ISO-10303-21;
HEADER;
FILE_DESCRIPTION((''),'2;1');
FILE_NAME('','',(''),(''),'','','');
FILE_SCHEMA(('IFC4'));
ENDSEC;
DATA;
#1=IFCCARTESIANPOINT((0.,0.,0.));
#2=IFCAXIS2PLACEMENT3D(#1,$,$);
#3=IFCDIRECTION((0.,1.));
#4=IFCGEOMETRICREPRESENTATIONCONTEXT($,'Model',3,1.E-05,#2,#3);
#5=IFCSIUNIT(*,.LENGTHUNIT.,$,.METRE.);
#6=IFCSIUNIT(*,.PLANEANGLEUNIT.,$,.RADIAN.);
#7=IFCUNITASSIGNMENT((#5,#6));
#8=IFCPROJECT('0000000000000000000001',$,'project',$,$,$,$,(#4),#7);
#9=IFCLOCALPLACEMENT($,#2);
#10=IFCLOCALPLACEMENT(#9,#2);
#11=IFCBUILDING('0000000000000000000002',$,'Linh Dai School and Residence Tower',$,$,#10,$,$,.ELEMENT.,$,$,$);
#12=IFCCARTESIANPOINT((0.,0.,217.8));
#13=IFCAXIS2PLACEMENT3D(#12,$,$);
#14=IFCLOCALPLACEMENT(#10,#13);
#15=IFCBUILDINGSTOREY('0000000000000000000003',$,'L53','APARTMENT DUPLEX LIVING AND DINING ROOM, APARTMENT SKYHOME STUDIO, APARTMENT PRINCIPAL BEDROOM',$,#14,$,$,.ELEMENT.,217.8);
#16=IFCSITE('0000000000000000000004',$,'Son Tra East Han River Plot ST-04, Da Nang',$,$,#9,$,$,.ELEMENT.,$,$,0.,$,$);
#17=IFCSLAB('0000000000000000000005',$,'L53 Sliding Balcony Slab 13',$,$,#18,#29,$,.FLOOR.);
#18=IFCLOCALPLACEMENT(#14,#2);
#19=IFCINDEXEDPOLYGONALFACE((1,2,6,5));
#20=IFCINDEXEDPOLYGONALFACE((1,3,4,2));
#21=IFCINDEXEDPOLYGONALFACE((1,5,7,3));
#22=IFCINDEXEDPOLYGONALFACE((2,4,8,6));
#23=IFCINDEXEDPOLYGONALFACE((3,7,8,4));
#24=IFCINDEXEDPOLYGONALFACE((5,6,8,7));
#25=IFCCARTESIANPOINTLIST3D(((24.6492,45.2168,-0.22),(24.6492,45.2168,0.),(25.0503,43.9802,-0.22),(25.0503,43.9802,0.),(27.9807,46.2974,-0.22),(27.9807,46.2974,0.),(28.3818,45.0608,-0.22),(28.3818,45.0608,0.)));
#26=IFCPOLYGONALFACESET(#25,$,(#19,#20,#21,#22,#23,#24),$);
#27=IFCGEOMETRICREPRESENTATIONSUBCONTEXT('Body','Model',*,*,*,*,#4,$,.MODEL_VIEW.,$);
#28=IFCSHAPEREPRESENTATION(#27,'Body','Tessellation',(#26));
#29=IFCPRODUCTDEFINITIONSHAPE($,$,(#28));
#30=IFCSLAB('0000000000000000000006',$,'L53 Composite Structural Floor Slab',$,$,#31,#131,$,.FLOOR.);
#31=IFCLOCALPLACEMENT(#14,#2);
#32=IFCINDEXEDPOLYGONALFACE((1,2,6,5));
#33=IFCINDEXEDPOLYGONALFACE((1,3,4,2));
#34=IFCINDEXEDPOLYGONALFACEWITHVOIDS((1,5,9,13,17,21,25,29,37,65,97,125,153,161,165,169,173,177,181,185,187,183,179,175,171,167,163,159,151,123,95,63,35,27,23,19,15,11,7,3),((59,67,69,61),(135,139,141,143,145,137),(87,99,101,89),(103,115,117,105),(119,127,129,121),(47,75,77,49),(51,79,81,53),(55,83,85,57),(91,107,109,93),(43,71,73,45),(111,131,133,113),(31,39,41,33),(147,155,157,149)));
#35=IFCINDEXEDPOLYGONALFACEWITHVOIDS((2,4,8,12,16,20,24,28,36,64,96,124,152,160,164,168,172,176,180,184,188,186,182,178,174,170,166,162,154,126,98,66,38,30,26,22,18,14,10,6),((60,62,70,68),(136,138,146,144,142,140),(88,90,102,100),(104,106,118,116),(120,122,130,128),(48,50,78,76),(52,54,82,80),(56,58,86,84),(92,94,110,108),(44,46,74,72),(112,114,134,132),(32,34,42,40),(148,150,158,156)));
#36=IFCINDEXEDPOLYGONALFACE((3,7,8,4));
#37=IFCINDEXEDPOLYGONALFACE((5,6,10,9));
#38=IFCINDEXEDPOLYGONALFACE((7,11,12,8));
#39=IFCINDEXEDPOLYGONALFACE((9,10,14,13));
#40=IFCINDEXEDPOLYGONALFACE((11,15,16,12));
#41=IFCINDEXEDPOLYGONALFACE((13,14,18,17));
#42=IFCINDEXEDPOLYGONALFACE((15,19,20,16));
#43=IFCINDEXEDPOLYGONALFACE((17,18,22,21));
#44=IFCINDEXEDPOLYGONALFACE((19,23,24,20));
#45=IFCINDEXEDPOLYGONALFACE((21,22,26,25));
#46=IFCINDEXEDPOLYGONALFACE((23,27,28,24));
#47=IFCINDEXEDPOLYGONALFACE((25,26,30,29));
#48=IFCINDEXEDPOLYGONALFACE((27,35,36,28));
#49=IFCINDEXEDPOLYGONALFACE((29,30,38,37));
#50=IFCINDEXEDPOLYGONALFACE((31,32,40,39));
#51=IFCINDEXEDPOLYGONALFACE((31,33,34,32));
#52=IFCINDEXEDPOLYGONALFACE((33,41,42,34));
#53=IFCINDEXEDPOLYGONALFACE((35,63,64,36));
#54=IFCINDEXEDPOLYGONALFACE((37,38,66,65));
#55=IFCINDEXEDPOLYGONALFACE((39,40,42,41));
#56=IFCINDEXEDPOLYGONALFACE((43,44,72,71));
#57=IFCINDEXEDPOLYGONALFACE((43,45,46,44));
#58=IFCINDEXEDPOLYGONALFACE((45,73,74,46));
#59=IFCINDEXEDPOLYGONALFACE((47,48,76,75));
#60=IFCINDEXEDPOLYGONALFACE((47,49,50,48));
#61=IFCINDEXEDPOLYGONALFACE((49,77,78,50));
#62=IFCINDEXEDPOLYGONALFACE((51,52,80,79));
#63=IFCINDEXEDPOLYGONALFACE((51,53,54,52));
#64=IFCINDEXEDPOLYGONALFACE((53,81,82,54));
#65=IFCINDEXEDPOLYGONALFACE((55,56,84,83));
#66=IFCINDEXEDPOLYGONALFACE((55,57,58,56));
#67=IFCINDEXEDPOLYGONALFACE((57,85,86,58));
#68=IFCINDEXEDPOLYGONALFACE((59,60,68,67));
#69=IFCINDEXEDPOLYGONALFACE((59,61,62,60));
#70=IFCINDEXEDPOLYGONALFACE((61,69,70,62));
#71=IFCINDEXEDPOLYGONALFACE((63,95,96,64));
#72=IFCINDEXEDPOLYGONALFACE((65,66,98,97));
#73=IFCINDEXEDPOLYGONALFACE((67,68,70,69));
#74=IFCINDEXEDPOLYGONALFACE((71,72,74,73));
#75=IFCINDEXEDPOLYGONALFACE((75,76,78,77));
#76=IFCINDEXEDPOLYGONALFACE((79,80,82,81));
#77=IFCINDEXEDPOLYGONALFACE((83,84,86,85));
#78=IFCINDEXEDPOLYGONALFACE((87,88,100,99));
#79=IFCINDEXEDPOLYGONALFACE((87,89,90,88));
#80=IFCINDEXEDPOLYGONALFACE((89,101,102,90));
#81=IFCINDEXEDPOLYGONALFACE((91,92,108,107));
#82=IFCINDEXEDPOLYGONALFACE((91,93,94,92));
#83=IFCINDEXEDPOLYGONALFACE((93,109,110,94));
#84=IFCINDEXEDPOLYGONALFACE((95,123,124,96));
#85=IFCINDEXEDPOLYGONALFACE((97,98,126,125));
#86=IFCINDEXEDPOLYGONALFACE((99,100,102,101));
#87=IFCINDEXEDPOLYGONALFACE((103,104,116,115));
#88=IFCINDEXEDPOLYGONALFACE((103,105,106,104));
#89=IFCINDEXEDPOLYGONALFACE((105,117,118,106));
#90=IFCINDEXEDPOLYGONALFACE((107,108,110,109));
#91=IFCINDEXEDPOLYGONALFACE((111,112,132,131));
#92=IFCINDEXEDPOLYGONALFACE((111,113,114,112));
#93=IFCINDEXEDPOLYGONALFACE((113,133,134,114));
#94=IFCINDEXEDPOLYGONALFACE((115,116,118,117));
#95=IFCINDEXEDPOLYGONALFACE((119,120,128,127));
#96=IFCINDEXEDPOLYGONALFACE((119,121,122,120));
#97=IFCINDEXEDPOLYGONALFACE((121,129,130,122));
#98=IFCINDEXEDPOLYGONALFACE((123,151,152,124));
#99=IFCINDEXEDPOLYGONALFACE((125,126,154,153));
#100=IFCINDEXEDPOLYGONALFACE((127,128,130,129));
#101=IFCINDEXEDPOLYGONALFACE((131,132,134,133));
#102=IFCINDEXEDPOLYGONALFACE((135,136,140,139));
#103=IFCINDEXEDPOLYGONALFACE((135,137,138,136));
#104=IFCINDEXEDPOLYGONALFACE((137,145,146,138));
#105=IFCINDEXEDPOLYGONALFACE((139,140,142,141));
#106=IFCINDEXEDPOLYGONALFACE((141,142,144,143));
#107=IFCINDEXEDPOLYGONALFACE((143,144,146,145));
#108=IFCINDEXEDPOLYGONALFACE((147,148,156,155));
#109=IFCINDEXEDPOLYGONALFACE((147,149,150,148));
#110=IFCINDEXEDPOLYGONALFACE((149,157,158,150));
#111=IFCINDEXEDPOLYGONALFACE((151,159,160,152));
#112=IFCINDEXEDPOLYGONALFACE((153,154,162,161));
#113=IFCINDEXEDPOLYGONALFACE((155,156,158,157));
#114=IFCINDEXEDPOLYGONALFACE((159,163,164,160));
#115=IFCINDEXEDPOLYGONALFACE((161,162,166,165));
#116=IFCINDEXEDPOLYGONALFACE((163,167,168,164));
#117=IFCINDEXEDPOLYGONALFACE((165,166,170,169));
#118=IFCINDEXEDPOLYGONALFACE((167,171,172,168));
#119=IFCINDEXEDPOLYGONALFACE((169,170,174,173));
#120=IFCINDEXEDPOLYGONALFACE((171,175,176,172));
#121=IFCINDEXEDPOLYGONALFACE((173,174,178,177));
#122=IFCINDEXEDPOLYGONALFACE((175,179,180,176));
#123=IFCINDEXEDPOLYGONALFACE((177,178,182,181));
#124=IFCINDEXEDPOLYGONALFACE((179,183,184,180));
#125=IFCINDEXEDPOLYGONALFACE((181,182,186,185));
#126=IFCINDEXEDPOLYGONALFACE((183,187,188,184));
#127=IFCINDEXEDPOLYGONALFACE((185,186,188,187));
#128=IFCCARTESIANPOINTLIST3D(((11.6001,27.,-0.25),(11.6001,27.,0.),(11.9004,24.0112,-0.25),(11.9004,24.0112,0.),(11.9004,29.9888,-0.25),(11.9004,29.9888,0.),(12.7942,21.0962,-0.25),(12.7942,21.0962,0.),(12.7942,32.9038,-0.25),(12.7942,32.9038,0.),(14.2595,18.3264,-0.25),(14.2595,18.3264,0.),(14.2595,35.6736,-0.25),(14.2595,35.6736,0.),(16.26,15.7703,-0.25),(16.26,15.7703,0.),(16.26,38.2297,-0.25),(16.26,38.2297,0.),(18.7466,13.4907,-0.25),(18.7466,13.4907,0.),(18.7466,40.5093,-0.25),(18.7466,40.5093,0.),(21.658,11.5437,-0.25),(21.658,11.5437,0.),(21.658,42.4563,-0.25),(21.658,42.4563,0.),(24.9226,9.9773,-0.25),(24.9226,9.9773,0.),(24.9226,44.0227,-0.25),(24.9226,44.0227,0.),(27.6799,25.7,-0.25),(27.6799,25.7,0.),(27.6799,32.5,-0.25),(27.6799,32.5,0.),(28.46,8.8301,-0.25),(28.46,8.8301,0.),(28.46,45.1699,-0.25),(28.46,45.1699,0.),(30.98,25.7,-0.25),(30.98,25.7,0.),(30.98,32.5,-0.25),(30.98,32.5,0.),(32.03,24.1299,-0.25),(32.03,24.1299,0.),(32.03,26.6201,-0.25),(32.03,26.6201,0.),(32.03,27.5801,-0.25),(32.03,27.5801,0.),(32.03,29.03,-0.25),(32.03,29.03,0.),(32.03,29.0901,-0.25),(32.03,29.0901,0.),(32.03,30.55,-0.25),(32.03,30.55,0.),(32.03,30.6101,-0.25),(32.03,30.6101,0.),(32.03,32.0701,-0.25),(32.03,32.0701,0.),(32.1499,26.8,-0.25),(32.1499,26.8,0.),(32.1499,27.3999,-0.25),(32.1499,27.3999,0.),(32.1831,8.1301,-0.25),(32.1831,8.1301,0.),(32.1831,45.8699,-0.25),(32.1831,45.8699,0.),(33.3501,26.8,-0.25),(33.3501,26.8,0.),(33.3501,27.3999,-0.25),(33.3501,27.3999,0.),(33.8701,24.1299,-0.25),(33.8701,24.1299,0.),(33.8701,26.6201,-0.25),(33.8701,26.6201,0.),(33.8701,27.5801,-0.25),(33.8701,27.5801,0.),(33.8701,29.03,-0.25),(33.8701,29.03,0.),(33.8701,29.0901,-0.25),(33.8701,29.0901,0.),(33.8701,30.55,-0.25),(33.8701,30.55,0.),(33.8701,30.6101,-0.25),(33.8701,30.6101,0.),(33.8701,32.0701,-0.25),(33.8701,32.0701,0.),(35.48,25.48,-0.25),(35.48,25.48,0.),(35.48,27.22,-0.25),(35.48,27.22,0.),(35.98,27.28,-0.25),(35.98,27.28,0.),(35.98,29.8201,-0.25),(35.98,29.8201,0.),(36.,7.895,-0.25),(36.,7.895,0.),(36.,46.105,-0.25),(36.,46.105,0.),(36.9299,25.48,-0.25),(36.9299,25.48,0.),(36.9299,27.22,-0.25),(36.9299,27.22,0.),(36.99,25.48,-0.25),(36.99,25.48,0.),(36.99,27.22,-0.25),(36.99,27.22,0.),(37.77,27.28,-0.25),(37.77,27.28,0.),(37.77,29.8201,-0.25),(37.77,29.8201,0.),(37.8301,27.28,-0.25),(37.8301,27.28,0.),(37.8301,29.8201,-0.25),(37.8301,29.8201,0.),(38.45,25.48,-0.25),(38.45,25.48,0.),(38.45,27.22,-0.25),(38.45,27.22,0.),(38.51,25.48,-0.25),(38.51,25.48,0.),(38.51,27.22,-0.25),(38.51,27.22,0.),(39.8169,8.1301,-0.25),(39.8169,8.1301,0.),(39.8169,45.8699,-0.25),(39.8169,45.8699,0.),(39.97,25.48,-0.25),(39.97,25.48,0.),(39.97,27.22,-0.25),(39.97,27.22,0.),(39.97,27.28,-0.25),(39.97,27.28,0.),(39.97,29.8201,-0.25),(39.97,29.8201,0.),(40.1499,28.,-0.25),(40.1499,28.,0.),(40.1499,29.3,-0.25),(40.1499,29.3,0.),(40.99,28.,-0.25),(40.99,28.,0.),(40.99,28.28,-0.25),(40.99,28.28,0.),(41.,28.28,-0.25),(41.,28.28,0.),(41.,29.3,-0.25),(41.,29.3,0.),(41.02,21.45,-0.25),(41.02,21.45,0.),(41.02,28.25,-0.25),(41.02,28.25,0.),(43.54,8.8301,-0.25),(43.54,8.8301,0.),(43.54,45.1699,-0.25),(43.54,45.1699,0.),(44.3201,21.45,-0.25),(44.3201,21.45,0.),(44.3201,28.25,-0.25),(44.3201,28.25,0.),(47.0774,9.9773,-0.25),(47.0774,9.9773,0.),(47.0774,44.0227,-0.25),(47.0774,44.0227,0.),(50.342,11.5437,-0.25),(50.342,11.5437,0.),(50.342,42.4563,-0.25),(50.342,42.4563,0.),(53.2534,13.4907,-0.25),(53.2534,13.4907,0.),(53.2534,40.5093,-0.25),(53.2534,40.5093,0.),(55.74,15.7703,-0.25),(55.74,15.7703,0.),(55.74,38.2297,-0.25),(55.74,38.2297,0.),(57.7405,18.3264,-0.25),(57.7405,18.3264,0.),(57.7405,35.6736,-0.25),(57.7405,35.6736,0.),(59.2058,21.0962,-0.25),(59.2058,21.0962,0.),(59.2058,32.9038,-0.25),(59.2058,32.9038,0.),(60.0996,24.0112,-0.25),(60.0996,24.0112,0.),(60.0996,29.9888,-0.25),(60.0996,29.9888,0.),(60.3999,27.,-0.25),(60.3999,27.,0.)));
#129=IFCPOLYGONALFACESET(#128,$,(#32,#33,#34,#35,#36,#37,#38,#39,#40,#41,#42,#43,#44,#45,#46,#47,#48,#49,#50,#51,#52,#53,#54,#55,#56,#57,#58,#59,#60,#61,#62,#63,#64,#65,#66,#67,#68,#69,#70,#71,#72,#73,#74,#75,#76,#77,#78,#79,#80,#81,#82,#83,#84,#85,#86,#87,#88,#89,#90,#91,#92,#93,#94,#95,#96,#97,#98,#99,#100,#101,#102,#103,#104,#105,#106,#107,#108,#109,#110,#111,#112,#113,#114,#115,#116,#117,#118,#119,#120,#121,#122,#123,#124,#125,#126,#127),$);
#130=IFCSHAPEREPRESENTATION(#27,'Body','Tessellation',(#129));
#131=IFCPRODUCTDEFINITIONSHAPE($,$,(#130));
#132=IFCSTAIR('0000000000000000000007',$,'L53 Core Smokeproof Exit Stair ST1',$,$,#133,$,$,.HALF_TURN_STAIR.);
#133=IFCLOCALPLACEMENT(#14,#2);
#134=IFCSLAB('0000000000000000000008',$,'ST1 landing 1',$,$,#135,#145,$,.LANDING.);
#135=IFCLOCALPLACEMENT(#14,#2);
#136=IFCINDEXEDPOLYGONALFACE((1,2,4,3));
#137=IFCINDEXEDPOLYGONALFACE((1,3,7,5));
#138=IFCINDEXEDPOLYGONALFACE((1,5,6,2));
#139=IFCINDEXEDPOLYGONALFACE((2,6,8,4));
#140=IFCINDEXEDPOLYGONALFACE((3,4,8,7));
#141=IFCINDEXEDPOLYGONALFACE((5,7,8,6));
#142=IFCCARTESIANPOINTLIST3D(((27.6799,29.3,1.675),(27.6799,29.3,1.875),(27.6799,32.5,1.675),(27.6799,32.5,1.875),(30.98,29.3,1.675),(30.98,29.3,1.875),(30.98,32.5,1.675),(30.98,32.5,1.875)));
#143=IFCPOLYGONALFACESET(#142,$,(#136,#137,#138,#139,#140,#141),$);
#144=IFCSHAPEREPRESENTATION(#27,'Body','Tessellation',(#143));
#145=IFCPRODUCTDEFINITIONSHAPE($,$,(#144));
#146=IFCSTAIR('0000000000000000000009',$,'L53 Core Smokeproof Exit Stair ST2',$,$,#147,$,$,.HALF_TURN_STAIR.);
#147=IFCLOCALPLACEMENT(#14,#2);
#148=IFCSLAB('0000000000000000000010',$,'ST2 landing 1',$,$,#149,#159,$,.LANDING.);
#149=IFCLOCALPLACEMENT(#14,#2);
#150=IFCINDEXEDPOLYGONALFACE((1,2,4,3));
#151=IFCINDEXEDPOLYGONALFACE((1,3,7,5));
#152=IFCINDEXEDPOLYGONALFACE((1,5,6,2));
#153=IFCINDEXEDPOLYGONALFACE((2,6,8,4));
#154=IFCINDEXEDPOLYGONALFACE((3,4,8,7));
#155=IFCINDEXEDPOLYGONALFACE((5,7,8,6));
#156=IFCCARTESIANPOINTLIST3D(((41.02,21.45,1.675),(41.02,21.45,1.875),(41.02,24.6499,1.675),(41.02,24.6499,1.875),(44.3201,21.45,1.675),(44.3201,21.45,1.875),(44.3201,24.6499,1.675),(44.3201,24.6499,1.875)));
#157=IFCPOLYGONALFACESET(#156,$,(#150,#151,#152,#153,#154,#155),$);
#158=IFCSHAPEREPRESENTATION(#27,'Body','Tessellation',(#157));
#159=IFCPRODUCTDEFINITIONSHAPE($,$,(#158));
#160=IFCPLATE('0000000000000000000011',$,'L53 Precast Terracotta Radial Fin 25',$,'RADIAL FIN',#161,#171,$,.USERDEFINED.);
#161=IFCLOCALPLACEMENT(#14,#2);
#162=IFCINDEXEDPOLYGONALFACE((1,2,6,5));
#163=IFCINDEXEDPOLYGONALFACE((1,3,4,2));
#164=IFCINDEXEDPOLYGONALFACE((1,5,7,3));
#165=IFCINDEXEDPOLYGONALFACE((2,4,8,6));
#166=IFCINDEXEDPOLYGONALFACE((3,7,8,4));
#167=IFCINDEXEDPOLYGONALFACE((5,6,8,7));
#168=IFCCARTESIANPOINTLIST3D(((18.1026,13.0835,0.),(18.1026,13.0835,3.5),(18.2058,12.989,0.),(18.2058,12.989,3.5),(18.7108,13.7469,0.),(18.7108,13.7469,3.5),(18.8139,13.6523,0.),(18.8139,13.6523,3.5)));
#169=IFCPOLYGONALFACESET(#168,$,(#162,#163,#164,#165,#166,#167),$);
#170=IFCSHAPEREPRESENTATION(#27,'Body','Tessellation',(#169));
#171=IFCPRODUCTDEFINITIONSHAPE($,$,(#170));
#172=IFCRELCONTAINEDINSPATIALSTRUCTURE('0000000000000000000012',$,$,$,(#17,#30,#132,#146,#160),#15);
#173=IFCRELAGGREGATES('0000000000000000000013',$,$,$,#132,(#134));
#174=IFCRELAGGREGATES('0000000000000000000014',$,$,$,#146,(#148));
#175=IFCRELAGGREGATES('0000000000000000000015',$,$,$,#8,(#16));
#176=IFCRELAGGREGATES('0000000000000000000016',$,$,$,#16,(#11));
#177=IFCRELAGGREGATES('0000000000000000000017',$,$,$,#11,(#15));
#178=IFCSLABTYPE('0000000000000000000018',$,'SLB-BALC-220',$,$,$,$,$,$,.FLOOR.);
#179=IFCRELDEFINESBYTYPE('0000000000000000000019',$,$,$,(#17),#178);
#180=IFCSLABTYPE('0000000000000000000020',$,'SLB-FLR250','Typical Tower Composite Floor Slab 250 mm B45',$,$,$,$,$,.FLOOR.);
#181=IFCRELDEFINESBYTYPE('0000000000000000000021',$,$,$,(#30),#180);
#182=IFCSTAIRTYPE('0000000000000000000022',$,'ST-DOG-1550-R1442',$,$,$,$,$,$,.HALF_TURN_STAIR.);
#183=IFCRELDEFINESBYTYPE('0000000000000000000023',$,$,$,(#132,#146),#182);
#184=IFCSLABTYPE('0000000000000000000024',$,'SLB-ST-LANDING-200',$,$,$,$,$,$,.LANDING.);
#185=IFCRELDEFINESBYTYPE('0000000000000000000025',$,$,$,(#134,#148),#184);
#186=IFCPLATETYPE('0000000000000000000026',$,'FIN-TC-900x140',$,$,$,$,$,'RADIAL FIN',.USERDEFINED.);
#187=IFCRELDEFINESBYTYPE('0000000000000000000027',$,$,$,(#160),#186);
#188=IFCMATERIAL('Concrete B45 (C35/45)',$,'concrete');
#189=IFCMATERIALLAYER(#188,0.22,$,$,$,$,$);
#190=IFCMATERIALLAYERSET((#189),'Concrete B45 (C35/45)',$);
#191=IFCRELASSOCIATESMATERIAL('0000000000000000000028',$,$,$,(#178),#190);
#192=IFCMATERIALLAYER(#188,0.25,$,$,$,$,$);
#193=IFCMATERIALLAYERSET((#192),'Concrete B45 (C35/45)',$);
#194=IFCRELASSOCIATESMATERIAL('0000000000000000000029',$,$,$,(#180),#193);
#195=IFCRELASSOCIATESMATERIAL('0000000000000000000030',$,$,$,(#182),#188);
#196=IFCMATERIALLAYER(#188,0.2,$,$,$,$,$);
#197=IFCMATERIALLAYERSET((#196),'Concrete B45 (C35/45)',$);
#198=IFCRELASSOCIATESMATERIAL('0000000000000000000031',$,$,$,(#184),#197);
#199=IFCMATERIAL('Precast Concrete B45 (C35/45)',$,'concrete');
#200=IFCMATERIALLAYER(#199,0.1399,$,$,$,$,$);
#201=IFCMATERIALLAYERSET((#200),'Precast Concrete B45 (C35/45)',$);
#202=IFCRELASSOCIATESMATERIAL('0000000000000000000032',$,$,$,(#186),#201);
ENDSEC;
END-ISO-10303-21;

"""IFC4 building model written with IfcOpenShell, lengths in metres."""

from ifc_helpers import new_model, si_unit, direction, frame, origin, origin_2d, place, context, subcontext, project, spatial, polyline, rectangle, outline, extrude, source, transform, mapped, material, layer, layer_set, type_object, element, aggregate, save


model = new_model("IFC4")

# Units and contexts
model_context = context("Model", 3, precision=1e-05, world=origin(), true_north=direction((0.0, 1.0)))
body_context = subcontext(model_context, "Body", "Model", "MODEL_VIEW")
ifc_project = project(units=[si_unit("LENGTHUNIT", "METRE"), si_unit("PLANEANGLEUNIT", "RADIAN")], contexts=[model_context])

# Site, building, storey
site_placement = place(None, origin())
site = spatial("IfcSite", under=ifc_project, at=site_placement, Name="Son Tra East Han River Plot ST-04, Da Nang", CompositionType="ELEMENT", RefElevation=0.0)
building_placement = place(site_placement, origin())
building = spatial("IfcBuilding", under=site, at=building_placement, Name="Linh Dai School and Residence Tower", CompositionType="ELEMENT")
storey_placement = place(building_placement, frame((0.0, 0.0, 217.8)))
storey = spatial("IfcBuildingStorey", under=building, at=storey_placement, Name="L53", Description="APARTMENT DUPLEX LIVING AND DINING ROOM, APARTMENT SKYHOME STUDIO, APARTMENT PRINCIPAL BEDROOM", CompositionType="ELEMENT", Elevation=217.8)

# Slabs
ifc_material_1 = material(Name="Concrete B45 (C35/45)", Category="concrete")
ifc_layer_1 = layer(ifc_material_1, 0.22)
ifc_layer_set_1 = layer_set([ifc_layer_1], Name="Concrete B45 (C35/45)")
slab_type_1 = type_object("IfcSlabType", Name="SLB-BALC-220", PredefinedType="FLOOR", material=ifc_layer_set_1)
slab_1_placement = place(storey_placement, frame((0.0, 0.0, -0.22)))
element("IfcSlab", 1, at=slab_1_placement, inside=storey, type_object=slab_type_1, Name="L53 Sliding Balcony Slab 13", PredefinedType="FLOOR", context=body_context, shape_type="SweptSolid", body=[
    extrude(outline(polyline([(25.0503, 43.9802), (28.3818, 45.0608), (27.9807, 46.2974), (24.6492, 45.2168), (25.0503, 43.9802)])), origin(), (0.0, 0.0, 1.0), 0.22),
])
ifc_layer_2 = layer(ifc_material_1, 0.25)
ifc_layer_set_2 = layer_set([ifc_layer_2], Name="Concrete B45 (C35/45)")
slab_type_2 = type_object("IfcSlabType", Name="SLB-FLR250", Description="Typical Tower Composite Floor Slab 250 mm B45", PredefinedType="FLOOR", material=ifc_layer_set_2)
slab_2_placement = place(storey_placement, frame((0.0, 0.0, -0.25)))
element("IfcSlab", 2, at=slab_2_placement, inside=storey, type_object=slab_type_2, Name="L53 Composite Structural Floor Slab", PredefinedType="FLOOR", context=body_context, shape_type="SweptSolid", body=[
    extrude(outline(polyline([(60.3999, 27.0), (60.0996, 29.9888), (59.2058, 32.9038), (57.7405, 35.6736), (55.74, 38.2297), (53.2534, 40.5093), (50.342, 42.4563), (47.0774, 44.0227), (43.54, 45.1699), (39.8169, 45.8699), (36.0, 46.105), (32.1831, 45.8699), (28.46, 45.1699), (24.9226, 44.0227), (21.658, 42.4563), (18.7466, 40.5093), (16.26, 38.2297), (14.2595, 35.6736), (12.7942, 32.9038), (11.9004, 29.9888), (11.6001, 27.0), (11.9004, 24.0112), (12.7942, 21.0962), (14.2595, 18.3264), (16.26, 15.7703), (18.7466, 13.4907), (21.658, 11.5437), (24.9226, 9.9773), (28.46, 8.8301), (32.1831, 8.1301), (36.0, 7.895), (39.8169, 8.1301), (43.54, 8.8301), (47.0774, 9.9773), (50.342, 11.5437), (53.2534, 13.4907), (55.74, 15.7703), (57.7405, 18.3264), (59.2058, 21.0962), (60.0996, 24.0112), (60.3999, 27.0)]), holes=[polyline([(30.98, 25.7), (30.98, 32.5), (27.6799, 32.5), (27.6799, 25.7), (30.98, 25.7)]), polyline([(41.02, 28.25), (41.02, 21.45), (44.3201, 21.45), (44.3201, 28.25), (41.02, 28.25)]), polyline([(35.98, 27.28), (37.77, 27.28), (37.77, 29.8201), (35.98, 29.8201), (35.98, 27.28)]), polyline([(32.03, 24.1299), (33.8701, 24.1299), (33.8701, 26.6201), (32.03, 26.6201), (32.03, 24.1299)]), polyline([(37.8301, 27.28), (39.97, 27.28), (39.97, 29.8201), (37.8301, 29.8201), (37.8301, 27.28)]), polyline([(32.03, 27.5801), (33.8701, 27.5801), (33.8701, 29.03), (32.03, 29.03), (32.03, 27.5801)]), polyline([(32.03, 29.0901), (33.8701, 29.0901), (33.8701, 30.55), (32.03, 30.55), (32.03, 29.0901)]), polyline([(32.03, 30.6101), (33.8701, 30.6101), (33.8701, 32.0701), (32.03, 32.0701), (32.03, 30.6101)]), polyline([(35.48, 25.48), (36.9299, 25.48), (36.9299, 27.22), (35.48, 27.22), (35.48, 25.48)]), polyline([(36.99, 25.48), (38.45, 25.48), (38.45, 27.22), (36.99, 27.22), (36.99, 25.48)]), polyline([(38.51, 25.48), (39.97, 25.48), (39.97, 27.22), (38.51, 27.22), (38.51, 25.48)]), polyline([(40.1499, 28.0), (40.1499, 29.3), (41.0, 29.3), (41.0, 28.28), (40.99, 28.28), (40.99, 28.0), (40.1499, 28.0)]), polyline([(32.1499, 26.8), (33.3501, 26.8), (33.3501, 27.3999), (32.1499, 27.3999), (32.1499, 26.8)])]), origin(), (0.0, 0.0, 1.0), 0.25),
])

# Stairs, slabs
stair_type = type_object("IfcStairType", Name="ST-DOG-1550-R1442", PredefinedType="HALF_TURN_STAIR", material=ifc_material_1)
stair_1_placement = place(storey_placement, origin())
stair_1 = element("IfcStair", 3, at=stair_1_placement, inside=storey, type_object=stair_type, Name="L53 Core Smokeproof Exit Stair ST1", PredefinedType="HALF_TURN_STAIR")
ifc_layer_3 = layer(ifc_material_1, 0.2)
ifc_layer_set_3 = layer_set([ifc_layer_3], Name="Concrete B45 (C35/45)")
slab_type_3 = type_object("IfcSlabType", Name="SLB-ST-LANDING-200", PredefinedType="LANDING", material=ifc_layer_set_3)
slab_3_placement = place(storey_placement, frame((0.0, 0.0, 1.675)))
slab_3 = element("IfcSlab", 4, at=slab_3_placement, type_object=slab_type_3, Name="ST1 landing 1", PredefinedType="LANDING", context=body_context, shape_type="SweptSolid", body=[
    extrude(outline(polyline([(30.98, 29.3), (30.98, 32.5), (27.6799, 32.5), (27.6799, 29.3), (30.98, 29.3)])), origin(), (0.0, 0.0, 1.0), 0.2),
])
aggregate(stair_1, [slab_3])
stair_2_placement = place(storey_placement, origin())
stair_2 = element("IfcStair", 5, at=stair_2_placement, inside=storey, type_object=stair_type, Name="L53 Core Smokeproof Exit Stair ST2", PredefinedType="HALF_TURN_STAIR")
slab_4_placement = place(storey_placement, frame((0.0, 0.0, 1.675)))
slab_4 = element("IfcSlab", 6, at=slab_4_placement, type_object=slab_type_3, Name="ST2 landing 1", PredefinedType="LANDING", context=body_context, shape_type="SweptSolid", body=[
    extrude(outline(polyline([(41.02, 24.6499), (41.02, 21.45), (44.3201, 21.45), (44.3201, 24.6499), (41.02, 24.6499)])), origin(), (0.0, 0.0, 1.0), 0.2),
])
aggregate(stair_2, [slab_4])

# Plate
ifc_material_2 = material(Name="Precast Concrete B45 (C35/45)", Category="concrete")
ifc_layer_4 = layer(ifc_material_2, 0.1399)
ifc_layer_set_4 = layer_set([ifc_layer_4], Name="Precast Concrete B45 (C35/45)")
plate_type = type_object("IfcPlateType", Name="FIN-TC-900x140", ElementType="RADIAL FIN", PredefinedType="USERDEFINED", material=ifc_layer_set_4)
shared_shape_1 = source(origin(), body_context, "Body", "SweptSolid", [
    extrude(rectangle(XDim=0.8999, YDim=0.1399, at=origin_2d()), origin(), (0.0, 0.0, 1.0), 3.5),
])
plate_placement = place(storey_placement, frame((18.4583, 13.3679, 0.0), z_axis=(0.0, 0.0, 1.0), x_axis=(-0.675756, -0.737125, 0.0)))
element("IfcPlate", 7, at=plate_placement, inside=storey, type_object=plate_type, Name="L53 Precast Terracotta Radial Fin 25", ObjectType="RADIAL FIN", PredefinedType="USERDEFINED", context=body_context, shape_type="MappedRepresentation", body=[
    mapped(shared_shape_1, transform((0.0, 0.0, 0.0), x_axis=(1.0, 0.0, 0.0), y_axis=(0.0, 1.0, 0.0), z_axis=(0.0, 0.0, 1.0), scale=1.0)),
])

save(model, "model.ifc")
